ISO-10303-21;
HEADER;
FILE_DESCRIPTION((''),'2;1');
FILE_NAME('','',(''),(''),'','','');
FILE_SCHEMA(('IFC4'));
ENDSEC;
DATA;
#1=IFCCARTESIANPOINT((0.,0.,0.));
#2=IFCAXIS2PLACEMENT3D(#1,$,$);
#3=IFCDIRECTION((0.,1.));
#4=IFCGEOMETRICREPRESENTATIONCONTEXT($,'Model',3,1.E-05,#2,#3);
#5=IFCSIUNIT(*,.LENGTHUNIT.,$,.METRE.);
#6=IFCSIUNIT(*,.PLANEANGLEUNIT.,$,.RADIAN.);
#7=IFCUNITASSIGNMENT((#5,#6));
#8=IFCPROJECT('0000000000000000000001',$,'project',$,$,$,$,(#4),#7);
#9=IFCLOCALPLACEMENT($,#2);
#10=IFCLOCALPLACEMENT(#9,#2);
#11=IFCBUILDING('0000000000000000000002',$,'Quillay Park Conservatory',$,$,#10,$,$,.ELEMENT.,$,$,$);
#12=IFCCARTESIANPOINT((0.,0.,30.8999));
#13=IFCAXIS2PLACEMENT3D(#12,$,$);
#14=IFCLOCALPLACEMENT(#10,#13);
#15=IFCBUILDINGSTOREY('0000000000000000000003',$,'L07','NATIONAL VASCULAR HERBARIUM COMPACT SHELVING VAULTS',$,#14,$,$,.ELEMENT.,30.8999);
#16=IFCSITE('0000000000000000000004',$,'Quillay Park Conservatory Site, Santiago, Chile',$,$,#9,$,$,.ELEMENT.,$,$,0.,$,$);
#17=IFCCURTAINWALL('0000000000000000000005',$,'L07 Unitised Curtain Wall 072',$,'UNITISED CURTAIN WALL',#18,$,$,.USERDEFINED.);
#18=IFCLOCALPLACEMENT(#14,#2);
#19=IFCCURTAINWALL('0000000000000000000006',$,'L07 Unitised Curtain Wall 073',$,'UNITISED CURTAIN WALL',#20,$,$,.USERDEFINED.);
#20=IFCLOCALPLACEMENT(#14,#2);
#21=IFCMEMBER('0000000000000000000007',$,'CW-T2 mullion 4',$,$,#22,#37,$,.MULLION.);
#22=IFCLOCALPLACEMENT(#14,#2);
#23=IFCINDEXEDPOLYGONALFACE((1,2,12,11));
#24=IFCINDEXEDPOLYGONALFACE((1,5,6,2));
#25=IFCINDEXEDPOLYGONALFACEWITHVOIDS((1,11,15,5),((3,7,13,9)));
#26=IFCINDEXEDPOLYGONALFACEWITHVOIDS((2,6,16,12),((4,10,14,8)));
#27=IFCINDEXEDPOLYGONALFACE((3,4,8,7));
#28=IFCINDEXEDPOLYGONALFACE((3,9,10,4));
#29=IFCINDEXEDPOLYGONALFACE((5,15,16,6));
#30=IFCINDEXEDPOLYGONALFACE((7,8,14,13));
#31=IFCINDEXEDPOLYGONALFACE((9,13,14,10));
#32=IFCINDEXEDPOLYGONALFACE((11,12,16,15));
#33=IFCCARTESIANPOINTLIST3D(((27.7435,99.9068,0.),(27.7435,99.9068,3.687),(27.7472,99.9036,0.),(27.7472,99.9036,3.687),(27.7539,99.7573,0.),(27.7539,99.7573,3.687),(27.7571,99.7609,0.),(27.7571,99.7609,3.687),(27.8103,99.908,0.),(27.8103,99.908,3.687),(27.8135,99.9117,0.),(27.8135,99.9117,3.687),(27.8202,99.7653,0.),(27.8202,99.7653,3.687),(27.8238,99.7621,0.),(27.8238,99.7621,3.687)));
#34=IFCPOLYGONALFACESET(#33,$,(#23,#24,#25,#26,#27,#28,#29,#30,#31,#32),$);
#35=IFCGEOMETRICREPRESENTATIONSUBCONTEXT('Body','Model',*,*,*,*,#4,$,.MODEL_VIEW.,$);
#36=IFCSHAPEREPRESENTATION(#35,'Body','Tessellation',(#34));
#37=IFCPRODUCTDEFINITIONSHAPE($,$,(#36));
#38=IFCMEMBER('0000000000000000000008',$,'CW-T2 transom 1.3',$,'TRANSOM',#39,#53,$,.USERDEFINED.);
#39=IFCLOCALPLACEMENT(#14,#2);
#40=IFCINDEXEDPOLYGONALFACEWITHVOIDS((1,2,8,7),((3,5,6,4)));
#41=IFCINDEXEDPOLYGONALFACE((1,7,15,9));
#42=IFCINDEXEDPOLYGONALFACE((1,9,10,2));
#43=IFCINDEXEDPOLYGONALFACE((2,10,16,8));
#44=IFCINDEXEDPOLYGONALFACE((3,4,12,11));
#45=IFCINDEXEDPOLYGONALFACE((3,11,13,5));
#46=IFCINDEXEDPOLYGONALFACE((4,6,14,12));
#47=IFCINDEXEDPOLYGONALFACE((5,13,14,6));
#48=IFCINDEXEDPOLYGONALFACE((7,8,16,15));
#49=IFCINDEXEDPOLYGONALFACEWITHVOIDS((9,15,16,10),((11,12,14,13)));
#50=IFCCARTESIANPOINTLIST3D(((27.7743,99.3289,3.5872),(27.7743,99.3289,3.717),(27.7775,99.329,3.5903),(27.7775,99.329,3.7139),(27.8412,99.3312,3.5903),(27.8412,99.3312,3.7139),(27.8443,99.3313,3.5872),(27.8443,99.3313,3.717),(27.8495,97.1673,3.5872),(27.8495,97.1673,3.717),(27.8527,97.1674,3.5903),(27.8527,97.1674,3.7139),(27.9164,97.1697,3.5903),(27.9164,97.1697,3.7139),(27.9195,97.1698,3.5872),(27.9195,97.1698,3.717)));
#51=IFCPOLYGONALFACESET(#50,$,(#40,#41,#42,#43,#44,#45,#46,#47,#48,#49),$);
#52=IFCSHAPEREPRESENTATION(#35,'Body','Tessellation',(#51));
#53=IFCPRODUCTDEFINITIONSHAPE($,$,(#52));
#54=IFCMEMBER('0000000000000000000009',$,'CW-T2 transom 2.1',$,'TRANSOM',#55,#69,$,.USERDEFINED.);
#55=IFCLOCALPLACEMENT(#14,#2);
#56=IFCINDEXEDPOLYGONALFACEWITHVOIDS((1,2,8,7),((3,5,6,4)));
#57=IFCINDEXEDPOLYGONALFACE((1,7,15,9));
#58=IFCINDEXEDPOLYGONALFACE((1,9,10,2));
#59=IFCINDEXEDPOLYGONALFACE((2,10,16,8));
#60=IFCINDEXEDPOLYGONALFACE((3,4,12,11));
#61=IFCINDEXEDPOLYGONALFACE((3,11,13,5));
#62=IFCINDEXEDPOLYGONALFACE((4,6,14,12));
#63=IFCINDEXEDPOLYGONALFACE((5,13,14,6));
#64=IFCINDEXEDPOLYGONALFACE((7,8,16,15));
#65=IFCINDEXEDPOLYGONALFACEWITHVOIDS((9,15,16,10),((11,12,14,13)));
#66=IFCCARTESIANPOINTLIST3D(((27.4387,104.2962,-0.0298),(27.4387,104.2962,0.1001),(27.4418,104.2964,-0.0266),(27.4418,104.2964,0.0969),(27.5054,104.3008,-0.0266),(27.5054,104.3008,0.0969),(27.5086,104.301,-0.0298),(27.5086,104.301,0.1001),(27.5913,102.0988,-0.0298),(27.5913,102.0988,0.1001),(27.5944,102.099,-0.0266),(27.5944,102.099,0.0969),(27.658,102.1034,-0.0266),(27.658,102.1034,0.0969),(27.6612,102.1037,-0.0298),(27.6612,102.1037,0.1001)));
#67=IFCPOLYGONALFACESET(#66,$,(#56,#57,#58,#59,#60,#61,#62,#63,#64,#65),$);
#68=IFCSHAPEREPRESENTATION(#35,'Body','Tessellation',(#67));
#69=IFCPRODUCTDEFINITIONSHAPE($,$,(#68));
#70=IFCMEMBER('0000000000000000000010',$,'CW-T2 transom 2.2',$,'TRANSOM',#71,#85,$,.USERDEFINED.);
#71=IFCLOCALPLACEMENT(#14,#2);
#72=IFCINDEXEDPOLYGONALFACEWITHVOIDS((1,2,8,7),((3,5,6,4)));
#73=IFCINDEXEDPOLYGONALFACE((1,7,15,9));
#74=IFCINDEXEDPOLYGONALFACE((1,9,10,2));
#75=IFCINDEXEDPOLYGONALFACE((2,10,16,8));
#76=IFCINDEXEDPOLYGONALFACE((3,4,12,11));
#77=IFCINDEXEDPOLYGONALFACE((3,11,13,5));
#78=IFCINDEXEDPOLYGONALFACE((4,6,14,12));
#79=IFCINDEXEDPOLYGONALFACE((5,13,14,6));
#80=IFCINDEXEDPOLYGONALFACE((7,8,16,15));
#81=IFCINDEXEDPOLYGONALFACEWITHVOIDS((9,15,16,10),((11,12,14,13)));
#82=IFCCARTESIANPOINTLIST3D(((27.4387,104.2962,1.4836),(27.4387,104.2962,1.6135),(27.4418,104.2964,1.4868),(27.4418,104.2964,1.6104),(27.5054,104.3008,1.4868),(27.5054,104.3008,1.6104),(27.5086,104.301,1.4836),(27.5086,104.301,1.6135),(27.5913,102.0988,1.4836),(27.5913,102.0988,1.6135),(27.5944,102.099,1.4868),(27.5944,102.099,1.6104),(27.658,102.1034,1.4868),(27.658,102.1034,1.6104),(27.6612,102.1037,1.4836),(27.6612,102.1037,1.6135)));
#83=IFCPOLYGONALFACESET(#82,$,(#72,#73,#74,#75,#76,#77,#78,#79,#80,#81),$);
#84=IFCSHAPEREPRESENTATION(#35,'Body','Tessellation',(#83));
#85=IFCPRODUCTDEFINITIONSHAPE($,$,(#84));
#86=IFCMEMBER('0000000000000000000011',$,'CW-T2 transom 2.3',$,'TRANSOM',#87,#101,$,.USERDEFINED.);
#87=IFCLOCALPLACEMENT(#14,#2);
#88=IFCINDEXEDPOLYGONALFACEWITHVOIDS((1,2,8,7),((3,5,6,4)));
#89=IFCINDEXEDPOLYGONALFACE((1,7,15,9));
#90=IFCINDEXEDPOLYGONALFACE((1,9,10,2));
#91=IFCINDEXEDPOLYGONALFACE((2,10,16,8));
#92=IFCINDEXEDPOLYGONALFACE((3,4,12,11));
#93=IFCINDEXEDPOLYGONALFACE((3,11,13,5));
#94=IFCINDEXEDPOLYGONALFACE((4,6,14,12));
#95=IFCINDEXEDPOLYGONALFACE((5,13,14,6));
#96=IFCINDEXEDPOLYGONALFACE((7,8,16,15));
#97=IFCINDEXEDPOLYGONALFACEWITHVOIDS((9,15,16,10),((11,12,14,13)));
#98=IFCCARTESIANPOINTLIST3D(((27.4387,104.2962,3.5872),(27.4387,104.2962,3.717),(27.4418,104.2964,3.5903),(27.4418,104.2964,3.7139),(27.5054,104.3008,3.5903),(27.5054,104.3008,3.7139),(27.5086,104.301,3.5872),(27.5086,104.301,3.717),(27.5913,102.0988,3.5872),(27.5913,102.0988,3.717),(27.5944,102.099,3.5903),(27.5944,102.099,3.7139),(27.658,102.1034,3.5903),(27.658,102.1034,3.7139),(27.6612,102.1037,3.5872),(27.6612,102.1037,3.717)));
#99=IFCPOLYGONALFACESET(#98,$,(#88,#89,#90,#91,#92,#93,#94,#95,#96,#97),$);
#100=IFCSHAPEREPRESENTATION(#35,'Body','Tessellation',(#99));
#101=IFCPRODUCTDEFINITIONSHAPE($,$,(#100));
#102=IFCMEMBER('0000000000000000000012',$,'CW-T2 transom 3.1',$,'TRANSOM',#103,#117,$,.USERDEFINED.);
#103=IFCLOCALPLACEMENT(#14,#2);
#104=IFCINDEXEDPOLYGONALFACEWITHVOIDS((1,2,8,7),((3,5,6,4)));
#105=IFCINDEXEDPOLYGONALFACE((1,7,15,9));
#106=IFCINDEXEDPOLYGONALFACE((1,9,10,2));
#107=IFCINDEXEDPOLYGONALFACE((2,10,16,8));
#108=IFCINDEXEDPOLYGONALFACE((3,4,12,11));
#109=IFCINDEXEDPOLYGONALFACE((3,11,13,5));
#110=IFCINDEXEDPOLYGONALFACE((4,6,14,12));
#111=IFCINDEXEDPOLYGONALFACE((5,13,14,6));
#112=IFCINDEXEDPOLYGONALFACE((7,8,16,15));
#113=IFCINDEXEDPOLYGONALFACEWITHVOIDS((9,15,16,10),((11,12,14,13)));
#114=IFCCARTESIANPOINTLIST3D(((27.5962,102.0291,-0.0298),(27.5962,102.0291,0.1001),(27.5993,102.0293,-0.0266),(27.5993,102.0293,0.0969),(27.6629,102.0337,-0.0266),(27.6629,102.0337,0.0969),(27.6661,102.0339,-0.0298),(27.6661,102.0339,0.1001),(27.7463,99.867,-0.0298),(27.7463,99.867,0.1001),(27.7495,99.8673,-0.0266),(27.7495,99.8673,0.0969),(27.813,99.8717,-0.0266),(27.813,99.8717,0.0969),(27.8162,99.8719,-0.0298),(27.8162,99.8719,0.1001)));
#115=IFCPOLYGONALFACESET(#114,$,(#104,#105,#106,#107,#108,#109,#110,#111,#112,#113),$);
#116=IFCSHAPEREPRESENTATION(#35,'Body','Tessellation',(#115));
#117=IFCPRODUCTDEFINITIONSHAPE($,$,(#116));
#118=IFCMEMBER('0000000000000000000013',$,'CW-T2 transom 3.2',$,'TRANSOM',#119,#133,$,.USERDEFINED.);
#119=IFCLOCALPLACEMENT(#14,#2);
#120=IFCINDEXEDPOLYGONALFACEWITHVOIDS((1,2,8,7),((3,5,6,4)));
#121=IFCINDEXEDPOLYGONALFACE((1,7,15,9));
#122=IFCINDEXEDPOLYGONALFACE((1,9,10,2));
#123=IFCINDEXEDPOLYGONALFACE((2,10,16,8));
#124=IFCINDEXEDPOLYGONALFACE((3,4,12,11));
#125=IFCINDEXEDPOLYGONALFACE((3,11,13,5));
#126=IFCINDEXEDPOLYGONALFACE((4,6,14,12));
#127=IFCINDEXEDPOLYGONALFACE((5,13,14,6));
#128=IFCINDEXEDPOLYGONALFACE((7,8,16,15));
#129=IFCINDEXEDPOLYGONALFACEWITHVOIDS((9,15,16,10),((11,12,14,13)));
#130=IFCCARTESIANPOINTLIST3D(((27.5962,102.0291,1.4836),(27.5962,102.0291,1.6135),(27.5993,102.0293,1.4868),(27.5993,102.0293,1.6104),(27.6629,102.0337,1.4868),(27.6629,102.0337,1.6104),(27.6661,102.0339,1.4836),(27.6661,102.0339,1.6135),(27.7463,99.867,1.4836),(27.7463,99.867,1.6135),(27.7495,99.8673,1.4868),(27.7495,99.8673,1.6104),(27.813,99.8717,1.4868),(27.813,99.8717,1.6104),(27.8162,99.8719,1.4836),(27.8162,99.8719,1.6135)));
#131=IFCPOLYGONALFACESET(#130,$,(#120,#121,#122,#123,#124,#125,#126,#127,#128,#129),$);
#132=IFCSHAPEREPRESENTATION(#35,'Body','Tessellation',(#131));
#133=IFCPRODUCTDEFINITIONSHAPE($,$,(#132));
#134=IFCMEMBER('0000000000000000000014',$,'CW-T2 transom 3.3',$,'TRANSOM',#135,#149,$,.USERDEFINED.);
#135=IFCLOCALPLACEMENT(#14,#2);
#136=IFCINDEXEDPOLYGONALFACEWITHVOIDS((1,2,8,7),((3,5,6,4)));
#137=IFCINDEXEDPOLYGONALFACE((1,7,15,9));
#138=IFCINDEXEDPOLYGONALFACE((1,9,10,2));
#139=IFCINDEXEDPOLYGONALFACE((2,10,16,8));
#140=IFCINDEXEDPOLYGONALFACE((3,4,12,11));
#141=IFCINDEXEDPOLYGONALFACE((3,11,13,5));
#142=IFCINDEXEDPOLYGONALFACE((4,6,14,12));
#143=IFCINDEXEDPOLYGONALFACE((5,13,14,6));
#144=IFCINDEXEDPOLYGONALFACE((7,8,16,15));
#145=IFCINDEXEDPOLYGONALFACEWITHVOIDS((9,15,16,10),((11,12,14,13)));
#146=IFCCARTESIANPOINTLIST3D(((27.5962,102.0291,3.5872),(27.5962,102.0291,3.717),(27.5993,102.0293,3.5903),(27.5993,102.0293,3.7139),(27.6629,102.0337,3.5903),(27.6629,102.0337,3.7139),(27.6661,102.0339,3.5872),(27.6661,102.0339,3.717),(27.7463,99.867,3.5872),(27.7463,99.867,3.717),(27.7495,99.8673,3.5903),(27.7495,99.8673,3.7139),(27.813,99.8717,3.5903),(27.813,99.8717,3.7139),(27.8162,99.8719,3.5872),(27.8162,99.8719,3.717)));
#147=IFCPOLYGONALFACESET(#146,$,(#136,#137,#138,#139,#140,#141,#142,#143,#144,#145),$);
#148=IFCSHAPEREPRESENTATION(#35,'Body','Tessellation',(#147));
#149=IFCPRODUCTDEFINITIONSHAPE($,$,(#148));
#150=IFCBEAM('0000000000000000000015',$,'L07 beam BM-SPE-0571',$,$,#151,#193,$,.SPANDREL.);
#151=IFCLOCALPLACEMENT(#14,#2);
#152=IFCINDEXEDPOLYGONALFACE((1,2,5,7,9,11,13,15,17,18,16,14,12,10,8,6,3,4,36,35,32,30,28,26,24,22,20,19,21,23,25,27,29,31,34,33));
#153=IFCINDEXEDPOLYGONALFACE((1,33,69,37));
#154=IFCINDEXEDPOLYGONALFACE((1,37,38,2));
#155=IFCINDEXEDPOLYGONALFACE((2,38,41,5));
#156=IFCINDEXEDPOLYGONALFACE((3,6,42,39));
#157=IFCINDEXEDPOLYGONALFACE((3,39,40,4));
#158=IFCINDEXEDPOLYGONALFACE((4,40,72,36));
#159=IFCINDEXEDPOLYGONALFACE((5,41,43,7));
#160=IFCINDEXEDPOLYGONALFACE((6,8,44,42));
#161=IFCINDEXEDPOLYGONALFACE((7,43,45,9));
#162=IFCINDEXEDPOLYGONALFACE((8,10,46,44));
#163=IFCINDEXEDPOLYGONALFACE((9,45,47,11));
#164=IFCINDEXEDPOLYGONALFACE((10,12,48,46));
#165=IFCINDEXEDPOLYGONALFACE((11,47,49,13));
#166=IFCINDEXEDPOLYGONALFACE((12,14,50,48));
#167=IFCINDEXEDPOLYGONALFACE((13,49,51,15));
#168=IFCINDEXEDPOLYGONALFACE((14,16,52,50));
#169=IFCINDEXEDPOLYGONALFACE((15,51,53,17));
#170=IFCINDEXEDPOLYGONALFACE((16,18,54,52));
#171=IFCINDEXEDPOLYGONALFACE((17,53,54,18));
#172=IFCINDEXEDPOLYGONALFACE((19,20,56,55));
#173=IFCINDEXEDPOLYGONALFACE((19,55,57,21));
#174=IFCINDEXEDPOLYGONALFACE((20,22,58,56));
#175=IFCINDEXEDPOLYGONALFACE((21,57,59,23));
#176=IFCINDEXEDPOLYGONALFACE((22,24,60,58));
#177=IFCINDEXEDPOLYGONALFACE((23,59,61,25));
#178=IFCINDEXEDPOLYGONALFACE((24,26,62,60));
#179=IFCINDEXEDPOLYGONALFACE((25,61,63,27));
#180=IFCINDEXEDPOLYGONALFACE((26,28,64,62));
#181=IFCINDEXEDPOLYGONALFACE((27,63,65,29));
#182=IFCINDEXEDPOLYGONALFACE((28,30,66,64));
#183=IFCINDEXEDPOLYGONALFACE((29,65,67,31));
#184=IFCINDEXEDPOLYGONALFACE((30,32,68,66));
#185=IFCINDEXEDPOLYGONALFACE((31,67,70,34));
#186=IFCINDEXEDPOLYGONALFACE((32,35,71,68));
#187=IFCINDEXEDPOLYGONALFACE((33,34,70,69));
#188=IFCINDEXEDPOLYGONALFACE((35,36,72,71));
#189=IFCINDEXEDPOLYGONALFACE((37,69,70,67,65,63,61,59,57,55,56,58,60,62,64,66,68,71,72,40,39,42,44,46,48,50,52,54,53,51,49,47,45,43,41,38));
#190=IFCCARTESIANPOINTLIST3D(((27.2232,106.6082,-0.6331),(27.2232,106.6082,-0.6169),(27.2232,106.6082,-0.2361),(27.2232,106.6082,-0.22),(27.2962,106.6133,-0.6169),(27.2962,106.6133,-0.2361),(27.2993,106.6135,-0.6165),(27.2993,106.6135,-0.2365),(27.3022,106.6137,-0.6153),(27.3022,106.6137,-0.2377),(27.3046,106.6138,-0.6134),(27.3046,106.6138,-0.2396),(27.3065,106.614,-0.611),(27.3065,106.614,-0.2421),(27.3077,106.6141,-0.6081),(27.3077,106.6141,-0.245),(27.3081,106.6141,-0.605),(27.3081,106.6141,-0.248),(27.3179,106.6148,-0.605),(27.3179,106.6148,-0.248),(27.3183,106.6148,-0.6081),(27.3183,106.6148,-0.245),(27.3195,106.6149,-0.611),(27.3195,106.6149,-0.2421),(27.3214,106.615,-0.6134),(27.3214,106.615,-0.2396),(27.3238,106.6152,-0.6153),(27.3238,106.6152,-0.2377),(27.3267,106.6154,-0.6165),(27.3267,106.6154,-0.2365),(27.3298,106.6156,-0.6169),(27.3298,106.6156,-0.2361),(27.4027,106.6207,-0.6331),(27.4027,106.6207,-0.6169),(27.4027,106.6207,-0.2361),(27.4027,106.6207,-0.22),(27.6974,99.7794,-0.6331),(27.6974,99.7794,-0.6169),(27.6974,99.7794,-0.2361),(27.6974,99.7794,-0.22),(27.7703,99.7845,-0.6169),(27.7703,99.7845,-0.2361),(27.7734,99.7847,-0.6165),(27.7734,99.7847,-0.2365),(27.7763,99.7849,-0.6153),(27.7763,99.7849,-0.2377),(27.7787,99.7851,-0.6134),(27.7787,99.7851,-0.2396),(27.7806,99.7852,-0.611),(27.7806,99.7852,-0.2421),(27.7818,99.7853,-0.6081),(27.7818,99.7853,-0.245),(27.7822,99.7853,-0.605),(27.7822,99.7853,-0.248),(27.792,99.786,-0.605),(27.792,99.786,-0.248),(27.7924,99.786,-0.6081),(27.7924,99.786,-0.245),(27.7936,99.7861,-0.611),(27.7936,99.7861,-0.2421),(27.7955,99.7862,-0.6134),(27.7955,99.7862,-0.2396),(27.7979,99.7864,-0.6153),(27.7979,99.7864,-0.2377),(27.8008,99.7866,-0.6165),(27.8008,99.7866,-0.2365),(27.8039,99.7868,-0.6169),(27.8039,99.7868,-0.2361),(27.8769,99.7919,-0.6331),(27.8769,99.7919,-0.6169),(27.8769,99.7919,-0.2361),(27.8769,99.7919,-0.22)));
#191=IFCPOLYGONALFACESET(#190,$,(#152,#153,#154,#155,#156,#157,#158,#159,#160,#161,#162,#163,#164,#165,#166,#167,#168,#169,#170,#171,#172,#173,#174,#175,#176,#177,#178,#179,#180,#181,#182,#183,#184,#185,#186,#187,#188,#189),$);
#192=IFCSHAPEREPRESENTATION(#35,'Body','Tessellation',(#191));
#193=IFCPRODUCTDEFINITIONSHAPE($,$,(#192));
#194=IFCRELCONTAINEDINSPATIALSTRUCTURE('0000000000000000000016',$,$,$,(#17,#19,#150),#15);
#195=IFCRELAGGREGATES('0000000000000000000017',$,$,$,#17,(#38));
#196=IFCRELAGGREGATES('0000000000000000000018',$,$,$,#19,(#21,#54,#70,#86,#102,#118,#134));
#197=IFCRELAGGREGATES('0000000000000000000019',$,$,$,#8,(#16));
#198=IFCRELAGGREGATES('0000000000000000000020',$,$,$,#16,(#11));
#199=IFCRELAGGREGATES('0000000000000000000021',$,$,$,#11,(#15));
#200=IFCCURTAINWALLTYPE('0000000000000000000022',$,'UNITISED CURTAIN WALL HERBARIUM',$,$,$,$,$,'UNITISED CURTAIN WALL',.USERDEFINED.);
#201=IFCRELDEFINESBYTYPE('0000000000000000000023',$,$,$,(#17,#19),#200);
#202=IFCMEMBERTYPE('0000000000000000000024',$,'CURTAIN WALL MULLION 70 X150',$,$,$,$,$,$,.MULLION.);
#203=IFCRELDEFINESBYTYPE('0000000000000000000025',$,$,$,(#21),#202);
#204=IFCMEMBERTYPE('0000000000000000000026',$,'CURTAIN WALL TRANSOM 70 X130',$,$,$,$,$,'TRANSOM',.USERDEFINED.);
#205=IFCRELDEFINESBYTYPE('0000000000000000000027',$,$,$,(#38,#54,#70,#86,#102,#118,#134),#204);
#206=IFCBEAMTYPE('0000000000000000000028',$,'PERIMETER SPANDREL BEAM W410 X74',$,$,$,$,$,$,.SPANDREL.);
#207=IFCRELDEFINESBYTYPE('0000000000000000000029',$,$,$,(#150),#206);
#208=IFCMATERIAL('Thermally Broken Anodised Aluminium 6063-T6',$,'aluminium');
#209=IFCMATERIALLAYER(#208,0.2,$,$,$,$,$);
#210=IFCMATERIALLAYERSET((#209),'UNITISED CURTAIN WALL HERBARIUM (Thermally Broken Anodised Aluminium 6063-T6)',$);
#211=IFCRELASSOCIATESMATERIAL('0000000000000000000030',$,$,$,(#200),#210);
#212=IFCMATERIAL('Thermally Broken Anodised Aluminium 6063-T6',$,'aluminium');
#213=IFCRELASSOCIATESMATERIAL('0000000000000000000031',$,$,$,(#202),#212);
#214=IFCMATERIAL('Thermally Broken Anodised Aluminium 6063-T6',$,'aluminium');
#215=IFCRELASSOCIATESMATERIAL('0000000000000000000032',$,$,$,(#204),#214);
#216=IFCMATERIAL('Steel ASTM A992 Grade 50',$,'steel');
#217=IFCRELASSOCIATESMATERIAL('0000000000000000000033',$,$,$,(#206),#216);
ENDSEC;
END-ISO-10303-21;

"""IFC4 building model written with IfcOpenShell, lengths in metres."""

from ifc_helpers import new_model, si_unit, direction, frame, origin, origin_2d, place, context, subcontext, project, spatial, hollow_rectangle, i_section, extrude, material, layer, layer_set, material_profile, profile_set, type_object, element, aggregate, save


model = new_model("IFC4")

# Units and contexts
model_context = context("Model", 3, precision=1e-05, world=origin(), true_north=direction((0.0, 1.0)))
body_context = subcontext(model_context, "Body", "Model", "MODEL_VIEW")
ifc_project = project(units=[si_unit("LENGTHUNIT", "METRE"), si_unit("PLANEANGLEUNIT", "RADIAN")], contexts=[model_context])

# Site, building, storey
site_placement = place(None, origin())
site = spatial("IfcSite", under=ifc_project, at=site_placement, Name="Quillay Park Conservatory Site, Santiago, Chile", CompositionType="ELEMENT", RefElevation=0.0)
building_placement = place(site_placement, origin())
building = spatial("IfcBuilding", under=site, at=building_placement, Name="Quillay Park Conservatory", CompositionType="ELEMENT")
storey_placement = place(building_placement, frame((0.0, 0.0, 30.8999)))
storey = spatial("IfcBuildingStorey", under=building, at=storey_placement, Name="L07", Description="NATIONAL VASCULAR HERBARIUM COMPACT SHELVING VAULTS", CompositionType="ELEMENT", Elevation=30.8999)

# Curtain wall
ifc_material_1 = material(Name="Thermally Broken Anodised Aluminium 6063-T6", Category="aluminium")
ifc_layer_1 = layer(ifc_material_1, 0.2)
ifc_layer_set_1 = layer_set([ifc_layer_1], Name="UNITISED CURTAIN WALL HERBARIUM (Thermally Broken Anodised Aluminium 6063-T6)")
curtain_wall_type = type_object("IfcCurtainWallType", Name="UNITISED CURTAIN WALL HERBARIUM", ElementType="UNITISED CURTAIN WALL", PredefinedType="USERDEFINED", material=ifc_layer_set_1)
curtain_wall_1_placement = place(storey_placement, origin())
curtain_wall_1 = element("IfcCurtainWall", 1, at=curtain_wall_1_placement, inside=storey, type_object=curtain_wall_type, Name="L07 Unitised Curtain Wall 072", ObjectType="UNITISED CURTAIN WALL", PredefinedType="USERDEFINED")
ifc_material_2 = material(Name="Thermally Broken Anodised Aluminium 6063-T6", Category="aluminium")
ifc_material_profile_1 = material_profile(ifc_material_2, hollow_rectangle(XDim=0.0701, YDim=0.1499, WallThickness=0.0034, at=origin_2d()), Name="AL70x150x3.5")
ifc_profile_set_1 = profile_set([ifc_material_profile_1], Name="Thermally Broken Anodised Aluminium 6063-T6")
member_type_1 = type_object("IfcMemberType", Name="CURTAIN WALL MULLION 70 X150", PredefinedType="MULLION", material=ifc_profile_set_1)

# Curtain wall, member
curtain_wall_2_placement = place(storey_placement, origin())
curtain_wall_2 = element("IfcCurtainWall", 2, at=curtain_wall_2_placement, inside=storey, type_object=curtain_wall_type, Name="L07 Unitised Curtain Wall 073", ObjectType="UNITISED CURTAIN WALL", PredefinedType="USERDEFINED")
member_1_placement = place(storey_placement, frame((27.7837, 99.8345, 0.0), z_axis=(0.0, 0.0, 1.0), x_axis=(0.997598, 0.069264, 0.0)))
member_1 = element("IfcMember", 3, at=member_1_placement, type_object=member_type_1, Name="CW-T2 mullion 4", PredefinedType="MULLION", context=body_context, shape_type="SweptSolid", body=[
    extrude(hollow_rectangle(XDim=0.0701, YDim=0.1499, WallThickness=0.0034, at=origin_2d()), origin(), (0.0, 0.0, 1.0), 3.687),
])

# Members
ifc_material_3 = material(Name="Thermally Broken Anodised Aluminium 6063-T6", Category="aluminium")
ifc_material_profile_2 = material_profile(ifc_material_3, hollow_rectangle(XDim=0.0701, YDim=0.1299, WallThickness=0.0032, at=origin_2d()), Name="AL70x130x3.2")
ifc_profile_set_2 = profile_set([ifc_material_profile_2], Name="Thermally Broken Anodised Aluminium 6063-T6")
member_type_2 = type_object("IfcMemberType", Name="CURTAIN WALL TRANSOM 70 X130", ElementType="TRANSOM", PredefinedType="USERDEFINED", material=ifc_profile_set_2)
member_2_placement = place(storey_placement, frame((27.8093, 99.3301, 3.6521), z_axis=(0.034766, -0.999395, 0.0), x_axis=(0.999395, 0.034766, 0.0)))
member_2 = element("IfcMember", 4, at=member_2_placement, type_object=member_type_2, Name="CW-T2 transom 1.3", ObjectType="TRANSOM", PredefinedType="USERDEFINED", context=body_context, shape_type="SweptSolid", body=[
    extrude(hollow_rectangle(XDim=0.0701, YDim=0.1299, WallThickness=0.0032, at=origin_2d()), origin(), (0.0, 0.0, 1.0), 2.1628),
])
aggregate(curtain_wall_1, [member_2])
member_3_placement = place(storey_placement, frame((27.4736, 104.2986, 0.0352), z_axis=(0.069278, -0.997597, 0.0), x_axis=(0.997597, 0.069278, 0.0)))
member_3 = element("IfcMember", 5, at=member_3_placement, type_object=member_type_2, Name="CW-T2 transom 2.1", ObjectType="TRANSOM", PredefinedType="USERDEFINED", context=body_context, shape_type="SweptSolid", body=[
    extrude(hollow_rectangle(XDim=0.0701, YDim=0.1299, WallThickness=0.0032, at=origin_2d()), origin(), (0.0, 0.0, 1.0), 2.2026),
])
member_4_placement = place(storey_placement, frame((27.4736, 104.2986, 1.5486), z_axis=(0.069278, -0.997597, 0.0), x_axis=(0.997597, 0.069278, 0.0)))
member_4 = element("IfcMember", 6, at=member_4_placement, type_object=member_type_2, Name="CW-T2 transom 2.2", ObjectType="TRANSOM", PredefinedType="USERDEFINED", context=body_context, shape_type="SweptSolid", body=[
    extrude(hollow_rectangle(XDim=0.0701, YDim=0.1299, WallThickness=0.0032, at=origin_2d()), origin(), (0.0, 0.0, 1.0), 2.2026),
])
member_5_placement = place(storey_placement, frame((27.4736, 104.2986, 3.6521), z_axis=(0.069278, -0.997597, 0.0), x_axis=(0.997597, 0.069278, 0.0)))
member_5 = element("IfcMember", 7, at=member_5_placement, type_object=member_type_2, Name="CW-T2 transom 2.3", ObjectType="TRANSOM", PredefinedType="USERDEFINED", context=body_context, shape_type="SweptSolid", body=[
    extrude(hollow_rectangle(XDim=0.0701, YDim=0.1299, WallThickness=0.0032, at=origin_2d()), origin(), (0.0, 0.0, 1.0), 2.2026),
])
member_6_placement = place(storey_placement, frame((27.6311, 102.0315, 0.0352), z_axis=(0.069278, -0.997597, 0.0), x_axis=(0.997597, 0.069278, 0.0)))
member_6 = element("IfcMember", 8, at=member_6_placement, type_object=member_type_2, Name="CW-T2 transom 3.1", ObjectType="TRANSOM", PredefinedType="USERDEFINED", context=body_context, shape_type="SweptSolid", body=[
    extrude(hollow_rectangle(XDim=0.0701, YDim=0.1299, WallThickness=0.0032, at=origin_2d()), origin(), (0.0, 0.0, 1.0), 2.1672),
])
member_7_placement = place(storey_placement, frame((27.6311, 102.0315, 1.5486), z_axis=(0.069278, -0.997597, 0.0), x_axis=(0.997597, 0.069278, 0.0)))
member_7 = element("IfcMember", 9, at=member_7_placement, type_object=member_type_2, Name="CW-T2 transom 3.2", ObjectType="TRANSOM", PredefinedType="USERDEFINED", context=body_context, shape_type="SweptSolid", body=[
    extrude(hollow_rectangle(XDim=0.0701, YDim=0.1299, WallThickness=0.0032, at=origin_2d()), origin(), (0.0, 0.0, 1.0), 2.1672),
])
member_8_placement = place(storey_placement, frame((27.6311, 102.0315, 3.6521), z_axis=(0.069278, -0.997597, 0.0), x_axis=(0.997597, 0.069278, 0.0)))
member_8 = element("IfcMember", 10, at=member_8_placement, type_object=member_type_2, Name="CW-T2 transom 3.3", ObjectType="TRANSOM", PredefinedType="USERDEFINED", context=body_context, shape_type="SweptSolid", body=[
    extrude(hollow_rectangle(XDim=0.0701, YDim=0.1299, WallThickness=0.0032, at=origin_2d()), origin(), (0.0, 0.0, 1.0), 2.1672),
])

# Beam
ifc_material_4 = material(Name="Steel ASTM A992 Grade 50", Category="steel")
ifc_material_profile_3 = material_profile(ifc_material_4, i_section(OverallWidth=0.1799, OverallDepth=0.4131, WebThickness=0.0098, FlangeThickness=0.0161, FilletRadius=0.012, at=origin_2d()), Name="W410x74")
ifc_profile_set_3 = profile_set([ifc_material_profile_3], Name="Steel ASTM A992 Grade 50")
beam_type_1 = type_object("IfcBeamType", Name="PERIMETER SPANDREL BEAM W410 X74", PredefinedType="SPANDREL", material=ifc_profile_set_3)
beam_1_placement = place(storey_placement, frame((27.7871, 99.7856, -0.4265), z_axis=(-0.069262, 0.997598, 0.0), x_axis=(-0.997598, -0.069262, 0.0)))
element("IfcBeam", 11, at=beam_1_placement, inside=storey, type_object=beam_type_1, Name="L07 beam BM-SPE-0571", PredefinedType="SPANDREL", context=body_context, shape_type="SweptSolid", body=[
    extrude(i_section(OverallWidth=0.1799, OverallDepth=0.4131, WebThickness=0.0098, FlangeThickness=0.0161, FilletRadius=0.012, at=origin_2d()), origin(), (0.0, 0.0, 1.0), 6.8452),
])

aggregate(curtain_wall_2, [member_1, member_3, member_4, member_5, member_6, member_7, member_8])

save(model, "model.ifc")
